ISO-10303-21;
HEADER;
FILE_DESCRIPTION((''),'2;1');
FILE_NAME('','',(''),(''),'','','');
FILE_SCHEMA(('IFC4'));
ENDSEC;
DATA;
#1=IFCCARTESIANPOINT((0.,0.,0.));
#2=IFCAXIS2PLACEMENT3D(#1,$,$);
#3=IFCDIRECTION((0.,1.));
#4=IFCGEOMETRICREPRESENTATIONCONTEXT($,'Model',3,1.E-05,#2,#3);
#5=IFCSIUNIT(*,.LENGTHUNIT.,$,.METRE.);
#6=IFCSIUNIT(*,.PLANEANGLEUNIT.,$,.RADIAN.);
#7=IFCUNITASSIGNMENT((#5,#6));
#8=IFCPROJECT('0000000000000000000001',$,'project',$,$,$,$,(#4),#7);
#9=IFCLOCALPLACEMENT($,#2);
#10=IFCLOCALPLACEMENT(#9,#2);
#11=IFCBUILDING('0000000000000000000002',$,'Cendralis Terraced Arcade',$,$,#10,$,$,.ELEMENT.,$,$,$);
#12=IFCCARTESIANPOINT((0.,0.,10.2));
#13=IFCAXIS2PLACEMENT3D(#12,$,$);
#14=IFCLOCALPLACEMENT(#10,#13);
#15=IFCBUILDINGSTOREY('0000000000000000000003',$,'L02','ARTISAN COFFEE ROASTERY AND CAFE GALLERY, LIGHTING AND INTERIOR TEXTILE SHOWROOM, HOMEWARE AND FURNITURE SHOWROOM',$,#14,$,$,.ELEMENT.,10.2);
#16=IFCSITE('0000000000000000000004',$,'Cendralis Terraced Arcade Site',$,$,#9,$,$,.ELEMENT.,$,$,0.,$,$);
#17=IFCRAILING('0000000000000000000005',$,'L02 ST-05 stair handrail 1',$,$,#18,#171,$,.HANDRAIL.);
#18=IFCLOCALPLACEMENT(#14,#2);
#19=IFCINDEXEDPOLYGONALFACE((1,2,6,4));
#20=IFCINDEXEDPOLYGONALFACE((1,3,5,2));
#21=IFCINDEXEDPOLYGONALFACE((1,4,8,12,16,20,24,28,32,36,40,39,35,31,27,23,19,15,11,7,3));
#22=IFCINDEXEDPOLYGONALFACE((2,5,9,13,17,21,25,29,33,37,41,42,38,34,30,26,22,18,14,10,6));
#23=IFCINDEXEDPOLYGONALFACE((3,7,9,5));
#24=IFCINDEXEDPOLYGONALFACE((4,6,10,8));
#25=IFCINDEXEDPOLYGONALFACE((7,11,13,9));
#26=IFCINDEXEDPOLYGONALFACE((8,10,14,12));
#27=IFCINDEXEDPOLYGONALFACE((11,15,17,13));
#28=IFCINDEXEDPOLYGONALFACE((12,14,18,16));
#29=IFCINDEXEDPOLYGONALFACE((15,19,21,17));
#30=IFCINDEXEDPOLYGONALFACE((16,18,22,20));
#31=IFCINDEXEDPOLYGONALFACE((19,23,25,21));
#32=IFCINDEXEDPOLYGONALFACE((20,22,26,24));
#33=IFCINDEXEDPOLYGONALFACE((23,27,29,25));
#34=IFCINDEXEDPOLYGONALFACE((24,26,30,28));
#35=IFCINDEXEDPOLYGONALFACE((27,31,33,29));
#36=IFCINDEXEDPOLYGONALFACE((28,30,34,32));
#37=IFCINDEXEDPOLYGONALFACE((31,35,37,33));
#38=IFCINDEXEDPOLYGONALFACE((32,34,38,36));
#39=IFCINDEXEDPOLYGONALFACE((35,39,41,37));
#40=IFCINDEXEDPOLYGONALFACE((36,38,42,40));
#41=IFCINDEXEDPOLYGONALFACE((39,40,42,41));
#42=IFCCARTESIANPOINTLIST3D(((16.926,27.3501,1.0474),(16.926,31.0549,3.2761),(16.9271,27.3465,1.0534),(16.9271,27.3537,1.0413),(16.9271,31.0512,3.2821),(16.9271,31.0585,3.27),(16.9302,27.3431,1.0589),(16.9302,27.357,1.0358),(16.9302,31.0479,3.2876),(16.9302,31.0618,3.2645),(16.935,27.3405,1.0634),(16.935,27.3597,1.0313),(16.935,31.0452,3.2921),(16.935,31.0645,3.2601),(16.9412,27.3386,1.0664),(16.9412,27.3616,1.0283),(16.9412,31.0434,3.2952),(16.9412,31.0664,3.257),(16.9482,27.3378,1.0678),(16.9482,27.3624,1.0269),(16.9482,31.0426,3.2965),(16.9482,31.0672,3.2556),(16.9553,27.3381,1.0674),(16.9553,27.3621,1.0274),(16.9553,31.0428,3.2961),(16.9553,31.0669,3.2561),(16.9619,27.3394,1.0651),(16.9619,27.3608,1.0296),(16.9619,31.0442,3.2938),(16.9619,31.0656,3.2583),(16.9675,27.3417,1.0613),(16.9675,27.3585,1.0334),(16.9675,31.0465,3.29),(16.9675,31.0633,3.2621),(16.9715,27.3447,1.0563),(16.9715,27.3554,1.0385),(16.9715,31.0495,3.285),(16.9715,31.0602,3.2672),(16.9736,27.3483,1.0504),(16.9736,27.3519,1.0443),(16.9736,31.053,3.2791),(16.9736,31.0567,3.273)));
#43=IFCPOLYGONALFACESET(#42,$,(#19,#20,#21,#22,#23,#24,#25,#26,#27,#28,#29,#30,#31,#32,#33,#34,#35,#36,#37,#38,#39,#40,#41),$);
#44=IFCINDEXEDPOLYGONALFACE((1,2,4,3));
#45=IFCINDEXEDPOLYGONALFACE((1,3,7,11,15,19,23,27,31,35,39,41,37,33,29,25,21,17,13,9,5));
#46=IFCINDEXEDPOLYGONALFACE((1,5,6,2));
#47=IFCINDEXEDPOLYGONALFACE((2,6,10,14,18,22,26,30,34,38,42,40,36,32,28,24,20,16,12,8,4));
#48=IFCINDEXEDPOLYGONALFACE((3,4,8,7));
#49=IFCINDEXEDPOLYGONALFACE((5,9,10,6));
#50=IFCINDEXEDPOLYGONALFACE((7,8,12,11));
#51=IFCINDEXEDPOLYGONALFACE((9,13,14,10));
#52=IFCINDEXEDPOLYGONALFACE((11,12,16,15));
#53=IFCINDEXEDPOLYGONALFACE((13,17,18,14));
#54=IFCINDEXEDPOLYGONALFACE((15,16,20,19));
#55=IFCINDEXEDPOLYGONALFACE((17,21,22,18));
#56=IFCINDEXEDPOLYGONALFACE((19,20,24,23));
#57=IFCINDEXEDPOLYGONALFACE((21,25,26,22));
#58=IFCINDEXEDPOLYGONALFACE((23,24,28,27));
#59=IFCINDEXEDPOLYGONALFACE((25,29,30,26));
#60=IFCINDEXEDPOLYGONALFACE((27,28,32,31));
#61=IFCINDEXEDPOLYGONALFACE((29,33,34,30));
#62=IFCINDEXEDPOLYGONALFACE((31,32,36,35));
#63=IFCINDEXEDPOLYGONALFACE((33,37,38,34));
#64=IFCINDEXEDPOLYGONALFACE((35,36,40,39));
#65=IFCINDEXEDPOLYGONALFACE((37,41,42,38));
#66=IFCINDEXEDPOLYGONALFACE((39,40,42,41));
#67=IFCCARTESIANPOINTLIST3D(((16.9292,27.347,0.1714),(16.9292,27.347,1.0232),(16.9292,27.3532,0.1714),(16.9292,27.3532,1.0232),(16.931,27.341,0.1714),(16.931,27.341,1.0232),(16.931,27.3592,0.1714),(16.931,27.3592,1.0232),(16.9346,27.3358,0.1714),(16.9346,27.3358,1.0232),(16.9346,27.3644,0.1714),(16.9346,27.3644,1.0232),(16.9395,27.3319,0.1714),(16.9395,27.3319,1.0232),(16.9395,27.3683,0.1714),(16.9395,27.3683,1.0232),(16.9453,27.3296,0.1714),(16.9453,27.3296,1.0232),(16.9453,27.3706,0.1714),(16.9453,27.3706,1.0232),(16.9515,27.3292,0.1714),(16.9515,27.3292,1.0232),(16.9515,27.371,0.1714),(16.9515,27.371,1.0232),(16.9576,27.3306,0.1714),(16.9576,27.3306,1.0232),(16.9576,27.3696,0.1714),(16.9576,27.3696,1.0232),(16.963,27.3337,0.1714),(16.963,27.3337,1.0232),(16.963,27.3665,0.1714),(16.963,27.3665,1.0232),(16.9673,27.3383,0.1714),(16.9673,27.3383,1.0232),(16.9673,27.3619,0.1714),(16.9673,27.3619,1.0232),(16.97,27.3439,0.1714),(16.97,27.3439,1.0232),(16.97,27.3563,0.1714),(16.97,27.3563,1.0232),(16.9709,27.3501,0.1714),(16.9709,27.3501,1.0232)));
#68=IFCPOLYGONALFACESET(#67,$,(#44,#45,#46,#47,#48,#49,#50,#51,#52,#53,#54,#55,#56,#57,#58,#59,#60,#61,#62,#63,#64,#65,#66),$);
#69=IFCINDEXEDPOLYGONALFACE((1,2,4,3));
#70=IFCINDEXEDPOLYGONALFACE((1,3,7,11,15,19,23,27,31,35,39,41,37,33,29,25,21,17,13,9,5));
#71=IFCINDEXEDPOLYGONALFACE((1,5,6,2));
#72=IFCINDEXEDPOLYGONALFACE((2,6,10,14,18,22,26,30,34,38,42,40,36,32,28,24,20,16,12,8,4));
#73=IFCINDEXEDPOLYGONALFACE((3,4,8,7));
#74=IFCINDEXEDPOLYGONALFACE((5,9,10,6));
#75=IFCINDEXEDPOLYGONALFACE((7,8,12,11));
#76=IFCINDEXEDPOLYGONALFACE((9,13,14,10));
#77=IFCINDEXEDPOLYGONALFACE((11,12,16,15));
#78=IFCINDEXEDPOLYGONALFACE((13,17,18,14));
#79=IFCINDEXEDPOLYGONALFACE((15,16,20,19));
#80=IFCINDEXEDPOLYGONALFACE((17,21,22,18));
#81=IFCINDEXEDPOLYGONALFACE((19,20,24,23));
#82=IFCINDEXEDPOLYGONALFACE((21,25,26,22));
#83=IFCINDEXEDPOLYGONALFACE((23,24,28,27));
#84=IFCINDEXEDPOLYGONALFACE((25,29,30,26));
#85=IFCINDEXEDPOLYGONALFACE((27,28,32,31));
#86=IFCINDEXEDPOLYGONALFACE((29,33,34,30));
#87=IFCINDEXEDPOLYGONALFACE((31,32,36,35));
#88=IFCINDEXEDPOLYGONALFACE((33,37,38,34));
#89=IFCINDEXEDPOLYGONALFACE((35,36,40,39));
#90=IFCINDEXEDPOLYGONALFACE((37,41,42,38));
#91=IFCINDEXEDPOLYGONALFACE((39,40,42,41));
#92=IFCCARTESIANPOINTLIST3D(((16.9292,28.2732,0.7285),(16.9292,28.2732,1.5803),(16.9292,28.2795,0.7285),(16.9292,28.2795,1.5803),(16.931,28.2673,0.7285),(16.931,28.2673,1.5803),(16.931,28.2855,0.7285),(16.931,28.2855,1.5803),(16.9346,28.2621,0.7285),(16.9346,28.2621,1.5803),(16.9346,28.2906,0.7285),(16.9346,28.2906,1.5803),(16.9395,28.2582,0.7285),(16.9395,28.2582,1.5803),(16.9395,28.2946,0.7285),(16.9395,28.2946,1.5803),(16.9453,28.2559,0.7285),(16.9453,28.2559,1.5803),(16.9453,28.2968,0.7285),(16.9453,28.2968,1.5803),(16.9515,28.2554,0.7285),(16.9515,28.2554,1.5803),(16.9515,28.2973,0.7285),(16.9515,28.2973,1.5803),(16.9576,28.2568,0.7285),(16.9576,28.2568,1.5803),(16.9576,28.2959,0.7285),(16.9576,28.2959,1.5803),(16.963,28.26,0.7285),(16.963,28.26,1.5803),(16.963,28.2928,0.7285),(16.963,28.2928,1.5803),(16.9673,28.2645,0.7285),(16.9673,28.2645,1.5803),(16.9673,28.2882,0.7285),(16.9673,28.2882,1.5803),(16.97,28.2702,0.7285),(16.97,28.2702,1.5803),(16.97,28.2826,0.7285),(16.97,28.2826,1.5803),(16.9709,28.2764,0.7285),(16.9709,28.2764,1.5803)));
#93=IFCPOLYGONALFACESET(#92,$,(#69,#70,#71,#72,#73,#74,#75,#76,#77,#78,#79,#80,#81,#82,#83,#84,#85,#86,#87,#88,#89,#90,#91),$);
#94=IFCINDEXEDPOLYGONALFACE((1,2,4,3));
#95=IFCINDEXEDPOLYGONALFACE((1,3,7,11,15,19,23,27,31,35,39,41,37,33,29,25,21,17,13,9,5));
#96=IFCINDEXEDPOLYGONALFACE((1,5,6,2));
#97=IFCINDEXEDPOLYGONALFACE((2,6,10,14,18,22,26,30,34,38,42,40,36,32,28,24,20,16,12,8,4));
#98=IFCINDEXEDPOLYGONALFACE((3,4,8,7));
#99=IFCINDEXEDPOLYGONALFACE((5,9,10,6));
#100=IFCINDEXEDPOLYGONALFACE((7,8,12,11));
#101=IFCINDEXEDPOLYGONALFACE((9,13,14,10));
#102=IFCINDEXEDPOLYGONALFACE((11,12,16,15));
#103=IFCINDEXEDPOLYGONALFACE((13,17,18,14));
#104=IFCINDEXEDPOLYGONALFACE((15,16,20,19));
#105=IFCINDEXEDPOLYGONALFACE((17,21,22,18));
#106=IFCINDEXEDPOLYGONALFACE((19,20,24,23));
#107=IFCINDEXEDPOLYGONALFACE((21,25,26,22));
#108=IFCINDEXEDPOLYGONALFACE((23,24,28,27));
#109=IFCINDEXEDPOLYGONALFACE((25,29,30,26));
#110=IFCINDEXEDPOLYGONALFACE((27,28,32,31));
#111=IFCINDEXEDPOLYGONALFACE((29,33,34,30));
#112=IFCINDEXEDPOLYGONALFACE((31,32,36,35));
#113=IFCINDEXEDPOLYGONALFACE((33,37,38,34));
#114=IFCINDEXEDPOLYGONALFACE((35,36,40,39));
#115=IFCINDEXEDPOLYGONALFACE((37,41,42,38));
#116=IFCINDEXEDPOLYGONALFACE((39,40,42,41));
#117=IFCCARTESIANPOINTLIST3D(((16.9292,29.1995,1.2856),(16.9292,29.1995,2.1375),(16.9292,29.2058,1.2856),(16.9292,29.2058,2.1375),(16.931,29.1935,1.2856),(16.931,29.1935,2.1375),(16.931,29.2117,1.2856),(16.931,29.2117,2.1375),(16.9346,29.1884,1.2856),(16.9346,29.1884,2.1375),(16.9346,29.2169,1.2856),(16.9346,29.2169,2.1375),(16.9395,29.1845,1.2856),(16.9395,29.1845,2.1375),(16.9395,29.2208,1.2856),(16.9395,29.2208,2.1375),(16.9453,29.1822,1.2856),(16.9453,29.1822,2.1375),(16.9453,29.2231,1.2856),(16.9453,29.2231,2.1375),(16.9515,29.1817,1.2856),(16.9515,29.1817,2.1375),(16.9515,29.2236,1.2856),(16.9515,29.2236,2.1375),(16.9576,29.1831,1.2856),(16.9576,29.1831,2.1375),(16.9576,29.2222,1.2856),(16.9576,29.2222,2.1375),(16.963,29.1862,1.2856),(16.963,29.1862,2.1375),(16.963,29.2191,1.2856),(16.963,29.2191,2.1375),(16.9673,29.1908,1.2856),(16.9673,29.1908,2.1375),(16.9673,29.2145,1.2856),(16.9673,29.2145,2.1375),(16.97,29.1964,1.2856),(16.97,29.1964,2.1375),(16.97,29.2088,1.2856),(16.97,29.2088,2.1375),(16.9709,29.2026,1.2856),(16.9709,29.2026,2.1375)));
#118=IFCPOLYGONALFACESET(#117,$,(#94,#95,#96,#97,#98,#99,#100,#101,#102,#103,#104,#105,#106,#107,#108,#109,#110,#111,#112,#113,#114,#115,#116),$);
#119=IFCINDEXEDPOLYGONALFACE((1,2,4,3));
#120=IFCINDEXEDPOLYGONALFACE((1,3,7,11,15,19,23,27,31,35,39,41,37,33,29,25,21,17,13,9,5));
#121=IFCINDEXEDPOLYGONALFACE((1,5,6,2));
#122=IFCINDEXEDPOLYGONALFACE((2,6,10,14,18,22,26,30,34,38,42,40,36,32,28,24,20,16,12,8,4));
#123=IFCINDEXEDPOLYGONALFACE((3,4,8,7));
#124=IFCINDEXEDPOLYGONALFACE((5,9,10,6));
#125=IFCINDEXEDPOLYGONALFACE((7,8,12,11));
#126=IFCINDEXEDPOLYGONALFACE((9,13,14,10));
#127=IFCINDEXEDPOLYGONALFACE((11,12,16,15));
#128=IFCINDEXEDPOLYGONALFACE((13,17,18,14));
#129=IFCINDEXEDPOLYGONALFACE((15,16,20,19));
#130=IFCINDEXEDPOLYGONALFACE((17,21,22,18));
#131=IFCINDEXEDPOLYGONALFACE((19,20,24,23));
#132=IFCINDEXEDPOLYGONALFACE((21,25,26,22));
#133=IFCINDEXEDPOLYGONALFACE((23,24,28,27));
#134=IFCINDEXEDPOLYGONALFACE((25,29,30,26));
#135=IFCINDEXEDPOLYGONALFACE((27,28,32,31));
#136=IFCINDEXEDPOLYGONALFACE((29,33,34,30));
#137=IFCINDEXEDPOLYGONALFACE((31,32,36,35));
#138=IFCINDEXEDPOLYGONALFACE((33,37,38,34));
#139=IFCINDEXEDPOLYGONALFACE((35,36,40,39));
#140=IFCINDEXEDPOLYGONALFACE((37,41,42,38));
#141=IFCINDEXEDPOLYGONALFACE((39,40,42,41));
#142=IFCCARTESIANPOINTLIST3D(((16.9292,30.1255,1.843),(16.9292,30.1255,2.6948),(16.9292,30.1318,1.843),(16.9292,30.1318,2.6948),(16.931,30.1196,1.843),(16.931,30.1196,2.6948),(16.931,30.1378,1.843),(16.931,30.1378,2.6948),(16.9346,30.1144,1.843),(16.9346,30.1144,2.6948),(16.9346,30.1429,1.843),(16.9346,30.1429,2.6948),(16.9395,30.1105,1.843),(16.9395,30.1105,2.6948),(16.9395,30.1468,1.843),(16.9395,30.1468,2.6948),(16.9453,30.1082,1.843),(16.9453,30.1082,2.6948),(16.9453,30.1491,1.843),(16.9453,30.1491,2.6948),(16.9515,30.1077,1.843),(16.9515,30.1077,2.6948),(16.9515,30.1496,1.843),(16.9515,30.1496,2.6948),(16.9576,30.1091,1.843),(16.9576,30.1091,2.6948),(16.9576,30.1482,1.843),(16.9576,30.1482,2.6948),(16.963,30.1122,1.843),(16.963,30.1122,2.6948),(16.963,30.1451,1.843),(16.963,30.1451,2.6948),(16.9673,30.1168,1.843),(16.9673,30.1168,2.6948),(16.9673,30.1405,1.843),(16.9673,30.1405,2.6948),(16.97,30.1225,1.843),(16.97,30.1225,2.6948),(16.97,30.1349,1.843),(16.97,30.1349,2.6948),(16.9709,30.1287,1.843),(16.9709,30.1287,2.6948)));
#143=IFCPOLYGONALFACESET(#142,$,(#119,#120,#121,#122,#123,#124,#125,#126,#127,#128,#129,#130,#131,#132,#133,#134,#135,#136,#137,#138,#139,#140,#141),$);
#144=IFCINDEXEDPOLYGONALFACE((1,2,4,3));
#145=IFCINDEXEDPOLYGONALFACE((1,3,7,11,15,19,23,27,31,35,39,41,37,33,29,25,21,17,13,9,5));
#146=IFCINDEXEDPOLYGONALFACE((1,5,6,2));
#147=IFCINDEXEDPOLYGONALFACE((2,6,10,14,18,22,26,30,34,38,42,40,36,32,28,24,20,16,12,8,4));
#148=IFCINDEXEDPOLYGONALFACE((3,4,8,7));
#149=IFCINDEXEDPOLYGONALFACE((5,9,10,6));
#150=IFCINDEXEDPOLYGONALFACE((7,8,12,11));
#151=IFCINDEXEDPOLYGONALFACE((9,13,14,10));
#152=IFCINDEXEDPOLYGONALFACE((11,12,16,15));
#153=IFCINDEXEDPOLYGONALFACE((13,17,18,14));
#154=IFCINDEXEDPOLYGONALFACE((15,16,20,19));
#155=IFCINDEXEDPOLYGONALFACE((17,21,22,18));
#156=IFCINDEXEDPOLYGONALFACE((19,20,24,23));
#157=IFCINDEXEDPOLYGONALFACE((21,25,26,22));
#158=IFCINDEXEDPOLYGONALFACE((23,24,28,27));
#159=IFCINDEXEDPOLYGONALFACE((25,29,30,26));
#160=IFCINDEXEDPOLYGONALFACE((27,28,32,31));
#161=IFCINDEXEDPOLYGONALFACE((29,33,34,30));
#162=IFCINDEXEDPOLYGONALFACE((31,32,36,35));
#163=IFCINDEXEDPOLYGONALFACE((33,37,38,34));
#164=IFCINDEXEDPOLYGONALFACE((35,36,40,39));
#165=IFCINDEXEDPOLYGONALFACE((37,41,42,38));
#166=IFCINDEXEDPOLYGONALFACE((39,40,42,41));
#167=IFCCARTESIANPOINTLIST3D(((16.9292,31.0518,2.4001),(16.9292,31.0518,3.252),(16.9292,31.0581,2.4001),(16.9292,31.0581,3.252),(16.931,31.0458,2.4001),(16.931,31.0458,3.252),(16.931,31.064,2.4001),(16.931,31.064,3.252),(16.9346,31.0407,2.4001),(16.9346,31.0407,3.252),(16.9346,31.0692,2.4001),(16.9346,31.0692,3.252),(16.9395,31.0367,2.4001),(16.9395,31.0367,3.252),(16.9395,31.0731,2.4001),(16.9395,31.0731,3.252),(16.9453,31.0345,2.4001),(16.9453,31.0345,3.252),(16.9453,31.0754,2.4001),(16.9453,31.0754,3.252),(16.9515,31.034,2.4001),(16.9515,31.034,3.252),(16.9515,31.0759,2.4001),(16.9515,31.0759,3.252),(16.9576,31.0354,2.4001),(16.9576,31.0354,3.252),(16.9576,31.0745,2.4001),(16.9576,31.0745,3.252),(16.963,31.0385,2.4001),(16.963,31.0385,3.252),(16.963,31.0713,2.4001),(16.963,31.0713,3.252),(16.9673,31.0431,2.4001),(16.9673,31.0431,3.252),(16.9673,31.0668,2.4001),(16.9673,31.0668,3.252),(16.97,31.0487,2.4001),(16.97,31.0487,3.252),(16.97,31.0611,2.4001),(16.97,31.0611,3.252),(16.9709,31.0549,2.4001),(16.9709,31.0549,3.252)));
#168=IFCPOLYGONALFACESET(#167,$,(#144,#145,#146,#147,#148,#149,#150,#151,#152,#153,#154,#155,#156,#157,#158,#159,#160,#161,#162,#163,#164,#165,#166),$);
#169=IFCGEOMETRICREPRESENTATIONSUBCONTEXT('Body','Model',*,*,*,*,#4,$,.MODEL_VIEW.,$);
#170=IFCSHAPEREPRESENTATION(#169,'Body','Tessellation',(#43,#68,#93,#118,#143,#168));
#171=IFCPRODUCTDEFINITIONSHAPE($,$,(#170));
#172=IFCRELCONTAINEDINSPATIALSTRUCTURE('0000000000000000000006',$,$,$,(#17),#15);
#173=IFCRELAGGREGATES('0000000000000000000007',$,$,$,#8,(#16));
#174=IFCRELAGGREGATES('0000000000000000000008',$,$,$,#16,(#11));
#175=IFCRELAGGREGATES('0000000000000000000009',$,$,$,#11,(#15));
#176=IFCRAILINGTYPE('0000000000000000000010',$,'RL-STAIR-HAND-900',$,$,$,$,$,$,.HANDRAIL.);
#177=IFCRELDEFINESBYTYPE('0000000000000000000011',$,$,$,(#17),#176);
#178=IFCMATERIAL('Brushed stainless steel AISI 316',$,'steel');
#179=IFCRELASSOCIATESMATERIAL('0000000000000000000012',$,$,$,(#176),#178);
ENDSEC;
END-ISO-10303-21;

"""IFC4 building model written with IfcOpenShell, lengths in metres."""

from ifc_helpers import new_model, si_unit, direction, frame, origin, origin_2d, place, context, subcontext, project, spatial, circle, extrude, material, type_object, element, save


model = new_model("IFC4")

# Units and contexts
model_context = context("Model", 3, precision=1e-05, world=origin(), true_north=direction((0.0, 1.0)))
body_context = subcontext(model_context, "Body", "Model", "MODEL_VIEW")
ifc_project = project(units=[si_unit("LENGTHUNIT", "METRE"), si_unit("PLANEANGLEUNIT", "RADIAN")], contexts=[model_context])

# Site, building, storey
site_placement = place(None, origin())
site = spatial("IfcSite", under=ifc_project, at=site_placement, Name="Cendralis Terraced Arcade Site", CompositionType="ELEMENT", RefElevation=0.0)
building_placement = place(site_placement, origin())
building = spatial("IfcBuilding", under=site, at=building_placement, Name="Cendralis Terraced Arcade", CompositionType="ELEMENT")
storey_placement = place(building_placement, frame((0.0, 0.0, 10.2)))
storey = spatial("IfcBuildingStorey", under=building, at=storey_placement, Name="L02", Description="ARTISAN COFFEE ROASTERY AND CAFE GALLERY, LIGHTING AND INTERIOR TEXTILE SHOWROOM, HOMEWARE AND FURNITURE SHOWROOM", CompositionType="ELEMENT", Elevation=10.2)

# Railing
ifc_material_1 = material(Name="Brushed stainless steel AISI 316", Category="steel")
railing_type_1 = type_object("IfcRailingType", Name="RL-STAIR-HAND-900", PredefinedType="HANDRAIL", material=ifc_material_1)
railing_1_placement = place(storey_placement, frame((16.95, 27.3501, 0.1714)))
element("IfcRailing", 1, at=railing_1_placement, inside=storey, type_object=railing_type_1, Name="L02 ST-05 stair handrail 1", PredefinedType="HANDRAIL", context=body_context, shape_type="SweptSolid", body=[
    extrude(circle(Radius=0.0239, at=origin_2d()), frame((0.0, 0.0, 0.876), z_axis=(0.0, 0.856894, 0.515492), x_axis=(-1.0, 0.0, 0.0)), (0.0, 0.0, 1.0), 4.3235),
    extrude(circle(Radius=0.021, at=origin_2d()), origin(), (0.0, 0.0, 1.0), 0.8518),
    extrude(circle(Radius=0.021, at=origin_2d()), frame((0.0, 0.9263, 0.5571)), (0.0, 0.0, 1.0), 0.8518),
    extrude(circle(Radius=0.021, at=origin_2d()), frame((0.0, 1.8525, 1.1143)), (0.0, 0.0, 1.0), 0.8518),
    extrude(circle(Radius=0.021, at=origin_2d()), frame((0.0, 2.7786, 1.6716)), (0.0, 0.0, 1.0), 0.8518),
    extrude(circle(Radius=0.021, at=origin_2d()), frame((0.0, 3.7048, 2.2288)), (0.0, 0.0, 1.0), 0.8518),
])

save(model, "model.ifc")
